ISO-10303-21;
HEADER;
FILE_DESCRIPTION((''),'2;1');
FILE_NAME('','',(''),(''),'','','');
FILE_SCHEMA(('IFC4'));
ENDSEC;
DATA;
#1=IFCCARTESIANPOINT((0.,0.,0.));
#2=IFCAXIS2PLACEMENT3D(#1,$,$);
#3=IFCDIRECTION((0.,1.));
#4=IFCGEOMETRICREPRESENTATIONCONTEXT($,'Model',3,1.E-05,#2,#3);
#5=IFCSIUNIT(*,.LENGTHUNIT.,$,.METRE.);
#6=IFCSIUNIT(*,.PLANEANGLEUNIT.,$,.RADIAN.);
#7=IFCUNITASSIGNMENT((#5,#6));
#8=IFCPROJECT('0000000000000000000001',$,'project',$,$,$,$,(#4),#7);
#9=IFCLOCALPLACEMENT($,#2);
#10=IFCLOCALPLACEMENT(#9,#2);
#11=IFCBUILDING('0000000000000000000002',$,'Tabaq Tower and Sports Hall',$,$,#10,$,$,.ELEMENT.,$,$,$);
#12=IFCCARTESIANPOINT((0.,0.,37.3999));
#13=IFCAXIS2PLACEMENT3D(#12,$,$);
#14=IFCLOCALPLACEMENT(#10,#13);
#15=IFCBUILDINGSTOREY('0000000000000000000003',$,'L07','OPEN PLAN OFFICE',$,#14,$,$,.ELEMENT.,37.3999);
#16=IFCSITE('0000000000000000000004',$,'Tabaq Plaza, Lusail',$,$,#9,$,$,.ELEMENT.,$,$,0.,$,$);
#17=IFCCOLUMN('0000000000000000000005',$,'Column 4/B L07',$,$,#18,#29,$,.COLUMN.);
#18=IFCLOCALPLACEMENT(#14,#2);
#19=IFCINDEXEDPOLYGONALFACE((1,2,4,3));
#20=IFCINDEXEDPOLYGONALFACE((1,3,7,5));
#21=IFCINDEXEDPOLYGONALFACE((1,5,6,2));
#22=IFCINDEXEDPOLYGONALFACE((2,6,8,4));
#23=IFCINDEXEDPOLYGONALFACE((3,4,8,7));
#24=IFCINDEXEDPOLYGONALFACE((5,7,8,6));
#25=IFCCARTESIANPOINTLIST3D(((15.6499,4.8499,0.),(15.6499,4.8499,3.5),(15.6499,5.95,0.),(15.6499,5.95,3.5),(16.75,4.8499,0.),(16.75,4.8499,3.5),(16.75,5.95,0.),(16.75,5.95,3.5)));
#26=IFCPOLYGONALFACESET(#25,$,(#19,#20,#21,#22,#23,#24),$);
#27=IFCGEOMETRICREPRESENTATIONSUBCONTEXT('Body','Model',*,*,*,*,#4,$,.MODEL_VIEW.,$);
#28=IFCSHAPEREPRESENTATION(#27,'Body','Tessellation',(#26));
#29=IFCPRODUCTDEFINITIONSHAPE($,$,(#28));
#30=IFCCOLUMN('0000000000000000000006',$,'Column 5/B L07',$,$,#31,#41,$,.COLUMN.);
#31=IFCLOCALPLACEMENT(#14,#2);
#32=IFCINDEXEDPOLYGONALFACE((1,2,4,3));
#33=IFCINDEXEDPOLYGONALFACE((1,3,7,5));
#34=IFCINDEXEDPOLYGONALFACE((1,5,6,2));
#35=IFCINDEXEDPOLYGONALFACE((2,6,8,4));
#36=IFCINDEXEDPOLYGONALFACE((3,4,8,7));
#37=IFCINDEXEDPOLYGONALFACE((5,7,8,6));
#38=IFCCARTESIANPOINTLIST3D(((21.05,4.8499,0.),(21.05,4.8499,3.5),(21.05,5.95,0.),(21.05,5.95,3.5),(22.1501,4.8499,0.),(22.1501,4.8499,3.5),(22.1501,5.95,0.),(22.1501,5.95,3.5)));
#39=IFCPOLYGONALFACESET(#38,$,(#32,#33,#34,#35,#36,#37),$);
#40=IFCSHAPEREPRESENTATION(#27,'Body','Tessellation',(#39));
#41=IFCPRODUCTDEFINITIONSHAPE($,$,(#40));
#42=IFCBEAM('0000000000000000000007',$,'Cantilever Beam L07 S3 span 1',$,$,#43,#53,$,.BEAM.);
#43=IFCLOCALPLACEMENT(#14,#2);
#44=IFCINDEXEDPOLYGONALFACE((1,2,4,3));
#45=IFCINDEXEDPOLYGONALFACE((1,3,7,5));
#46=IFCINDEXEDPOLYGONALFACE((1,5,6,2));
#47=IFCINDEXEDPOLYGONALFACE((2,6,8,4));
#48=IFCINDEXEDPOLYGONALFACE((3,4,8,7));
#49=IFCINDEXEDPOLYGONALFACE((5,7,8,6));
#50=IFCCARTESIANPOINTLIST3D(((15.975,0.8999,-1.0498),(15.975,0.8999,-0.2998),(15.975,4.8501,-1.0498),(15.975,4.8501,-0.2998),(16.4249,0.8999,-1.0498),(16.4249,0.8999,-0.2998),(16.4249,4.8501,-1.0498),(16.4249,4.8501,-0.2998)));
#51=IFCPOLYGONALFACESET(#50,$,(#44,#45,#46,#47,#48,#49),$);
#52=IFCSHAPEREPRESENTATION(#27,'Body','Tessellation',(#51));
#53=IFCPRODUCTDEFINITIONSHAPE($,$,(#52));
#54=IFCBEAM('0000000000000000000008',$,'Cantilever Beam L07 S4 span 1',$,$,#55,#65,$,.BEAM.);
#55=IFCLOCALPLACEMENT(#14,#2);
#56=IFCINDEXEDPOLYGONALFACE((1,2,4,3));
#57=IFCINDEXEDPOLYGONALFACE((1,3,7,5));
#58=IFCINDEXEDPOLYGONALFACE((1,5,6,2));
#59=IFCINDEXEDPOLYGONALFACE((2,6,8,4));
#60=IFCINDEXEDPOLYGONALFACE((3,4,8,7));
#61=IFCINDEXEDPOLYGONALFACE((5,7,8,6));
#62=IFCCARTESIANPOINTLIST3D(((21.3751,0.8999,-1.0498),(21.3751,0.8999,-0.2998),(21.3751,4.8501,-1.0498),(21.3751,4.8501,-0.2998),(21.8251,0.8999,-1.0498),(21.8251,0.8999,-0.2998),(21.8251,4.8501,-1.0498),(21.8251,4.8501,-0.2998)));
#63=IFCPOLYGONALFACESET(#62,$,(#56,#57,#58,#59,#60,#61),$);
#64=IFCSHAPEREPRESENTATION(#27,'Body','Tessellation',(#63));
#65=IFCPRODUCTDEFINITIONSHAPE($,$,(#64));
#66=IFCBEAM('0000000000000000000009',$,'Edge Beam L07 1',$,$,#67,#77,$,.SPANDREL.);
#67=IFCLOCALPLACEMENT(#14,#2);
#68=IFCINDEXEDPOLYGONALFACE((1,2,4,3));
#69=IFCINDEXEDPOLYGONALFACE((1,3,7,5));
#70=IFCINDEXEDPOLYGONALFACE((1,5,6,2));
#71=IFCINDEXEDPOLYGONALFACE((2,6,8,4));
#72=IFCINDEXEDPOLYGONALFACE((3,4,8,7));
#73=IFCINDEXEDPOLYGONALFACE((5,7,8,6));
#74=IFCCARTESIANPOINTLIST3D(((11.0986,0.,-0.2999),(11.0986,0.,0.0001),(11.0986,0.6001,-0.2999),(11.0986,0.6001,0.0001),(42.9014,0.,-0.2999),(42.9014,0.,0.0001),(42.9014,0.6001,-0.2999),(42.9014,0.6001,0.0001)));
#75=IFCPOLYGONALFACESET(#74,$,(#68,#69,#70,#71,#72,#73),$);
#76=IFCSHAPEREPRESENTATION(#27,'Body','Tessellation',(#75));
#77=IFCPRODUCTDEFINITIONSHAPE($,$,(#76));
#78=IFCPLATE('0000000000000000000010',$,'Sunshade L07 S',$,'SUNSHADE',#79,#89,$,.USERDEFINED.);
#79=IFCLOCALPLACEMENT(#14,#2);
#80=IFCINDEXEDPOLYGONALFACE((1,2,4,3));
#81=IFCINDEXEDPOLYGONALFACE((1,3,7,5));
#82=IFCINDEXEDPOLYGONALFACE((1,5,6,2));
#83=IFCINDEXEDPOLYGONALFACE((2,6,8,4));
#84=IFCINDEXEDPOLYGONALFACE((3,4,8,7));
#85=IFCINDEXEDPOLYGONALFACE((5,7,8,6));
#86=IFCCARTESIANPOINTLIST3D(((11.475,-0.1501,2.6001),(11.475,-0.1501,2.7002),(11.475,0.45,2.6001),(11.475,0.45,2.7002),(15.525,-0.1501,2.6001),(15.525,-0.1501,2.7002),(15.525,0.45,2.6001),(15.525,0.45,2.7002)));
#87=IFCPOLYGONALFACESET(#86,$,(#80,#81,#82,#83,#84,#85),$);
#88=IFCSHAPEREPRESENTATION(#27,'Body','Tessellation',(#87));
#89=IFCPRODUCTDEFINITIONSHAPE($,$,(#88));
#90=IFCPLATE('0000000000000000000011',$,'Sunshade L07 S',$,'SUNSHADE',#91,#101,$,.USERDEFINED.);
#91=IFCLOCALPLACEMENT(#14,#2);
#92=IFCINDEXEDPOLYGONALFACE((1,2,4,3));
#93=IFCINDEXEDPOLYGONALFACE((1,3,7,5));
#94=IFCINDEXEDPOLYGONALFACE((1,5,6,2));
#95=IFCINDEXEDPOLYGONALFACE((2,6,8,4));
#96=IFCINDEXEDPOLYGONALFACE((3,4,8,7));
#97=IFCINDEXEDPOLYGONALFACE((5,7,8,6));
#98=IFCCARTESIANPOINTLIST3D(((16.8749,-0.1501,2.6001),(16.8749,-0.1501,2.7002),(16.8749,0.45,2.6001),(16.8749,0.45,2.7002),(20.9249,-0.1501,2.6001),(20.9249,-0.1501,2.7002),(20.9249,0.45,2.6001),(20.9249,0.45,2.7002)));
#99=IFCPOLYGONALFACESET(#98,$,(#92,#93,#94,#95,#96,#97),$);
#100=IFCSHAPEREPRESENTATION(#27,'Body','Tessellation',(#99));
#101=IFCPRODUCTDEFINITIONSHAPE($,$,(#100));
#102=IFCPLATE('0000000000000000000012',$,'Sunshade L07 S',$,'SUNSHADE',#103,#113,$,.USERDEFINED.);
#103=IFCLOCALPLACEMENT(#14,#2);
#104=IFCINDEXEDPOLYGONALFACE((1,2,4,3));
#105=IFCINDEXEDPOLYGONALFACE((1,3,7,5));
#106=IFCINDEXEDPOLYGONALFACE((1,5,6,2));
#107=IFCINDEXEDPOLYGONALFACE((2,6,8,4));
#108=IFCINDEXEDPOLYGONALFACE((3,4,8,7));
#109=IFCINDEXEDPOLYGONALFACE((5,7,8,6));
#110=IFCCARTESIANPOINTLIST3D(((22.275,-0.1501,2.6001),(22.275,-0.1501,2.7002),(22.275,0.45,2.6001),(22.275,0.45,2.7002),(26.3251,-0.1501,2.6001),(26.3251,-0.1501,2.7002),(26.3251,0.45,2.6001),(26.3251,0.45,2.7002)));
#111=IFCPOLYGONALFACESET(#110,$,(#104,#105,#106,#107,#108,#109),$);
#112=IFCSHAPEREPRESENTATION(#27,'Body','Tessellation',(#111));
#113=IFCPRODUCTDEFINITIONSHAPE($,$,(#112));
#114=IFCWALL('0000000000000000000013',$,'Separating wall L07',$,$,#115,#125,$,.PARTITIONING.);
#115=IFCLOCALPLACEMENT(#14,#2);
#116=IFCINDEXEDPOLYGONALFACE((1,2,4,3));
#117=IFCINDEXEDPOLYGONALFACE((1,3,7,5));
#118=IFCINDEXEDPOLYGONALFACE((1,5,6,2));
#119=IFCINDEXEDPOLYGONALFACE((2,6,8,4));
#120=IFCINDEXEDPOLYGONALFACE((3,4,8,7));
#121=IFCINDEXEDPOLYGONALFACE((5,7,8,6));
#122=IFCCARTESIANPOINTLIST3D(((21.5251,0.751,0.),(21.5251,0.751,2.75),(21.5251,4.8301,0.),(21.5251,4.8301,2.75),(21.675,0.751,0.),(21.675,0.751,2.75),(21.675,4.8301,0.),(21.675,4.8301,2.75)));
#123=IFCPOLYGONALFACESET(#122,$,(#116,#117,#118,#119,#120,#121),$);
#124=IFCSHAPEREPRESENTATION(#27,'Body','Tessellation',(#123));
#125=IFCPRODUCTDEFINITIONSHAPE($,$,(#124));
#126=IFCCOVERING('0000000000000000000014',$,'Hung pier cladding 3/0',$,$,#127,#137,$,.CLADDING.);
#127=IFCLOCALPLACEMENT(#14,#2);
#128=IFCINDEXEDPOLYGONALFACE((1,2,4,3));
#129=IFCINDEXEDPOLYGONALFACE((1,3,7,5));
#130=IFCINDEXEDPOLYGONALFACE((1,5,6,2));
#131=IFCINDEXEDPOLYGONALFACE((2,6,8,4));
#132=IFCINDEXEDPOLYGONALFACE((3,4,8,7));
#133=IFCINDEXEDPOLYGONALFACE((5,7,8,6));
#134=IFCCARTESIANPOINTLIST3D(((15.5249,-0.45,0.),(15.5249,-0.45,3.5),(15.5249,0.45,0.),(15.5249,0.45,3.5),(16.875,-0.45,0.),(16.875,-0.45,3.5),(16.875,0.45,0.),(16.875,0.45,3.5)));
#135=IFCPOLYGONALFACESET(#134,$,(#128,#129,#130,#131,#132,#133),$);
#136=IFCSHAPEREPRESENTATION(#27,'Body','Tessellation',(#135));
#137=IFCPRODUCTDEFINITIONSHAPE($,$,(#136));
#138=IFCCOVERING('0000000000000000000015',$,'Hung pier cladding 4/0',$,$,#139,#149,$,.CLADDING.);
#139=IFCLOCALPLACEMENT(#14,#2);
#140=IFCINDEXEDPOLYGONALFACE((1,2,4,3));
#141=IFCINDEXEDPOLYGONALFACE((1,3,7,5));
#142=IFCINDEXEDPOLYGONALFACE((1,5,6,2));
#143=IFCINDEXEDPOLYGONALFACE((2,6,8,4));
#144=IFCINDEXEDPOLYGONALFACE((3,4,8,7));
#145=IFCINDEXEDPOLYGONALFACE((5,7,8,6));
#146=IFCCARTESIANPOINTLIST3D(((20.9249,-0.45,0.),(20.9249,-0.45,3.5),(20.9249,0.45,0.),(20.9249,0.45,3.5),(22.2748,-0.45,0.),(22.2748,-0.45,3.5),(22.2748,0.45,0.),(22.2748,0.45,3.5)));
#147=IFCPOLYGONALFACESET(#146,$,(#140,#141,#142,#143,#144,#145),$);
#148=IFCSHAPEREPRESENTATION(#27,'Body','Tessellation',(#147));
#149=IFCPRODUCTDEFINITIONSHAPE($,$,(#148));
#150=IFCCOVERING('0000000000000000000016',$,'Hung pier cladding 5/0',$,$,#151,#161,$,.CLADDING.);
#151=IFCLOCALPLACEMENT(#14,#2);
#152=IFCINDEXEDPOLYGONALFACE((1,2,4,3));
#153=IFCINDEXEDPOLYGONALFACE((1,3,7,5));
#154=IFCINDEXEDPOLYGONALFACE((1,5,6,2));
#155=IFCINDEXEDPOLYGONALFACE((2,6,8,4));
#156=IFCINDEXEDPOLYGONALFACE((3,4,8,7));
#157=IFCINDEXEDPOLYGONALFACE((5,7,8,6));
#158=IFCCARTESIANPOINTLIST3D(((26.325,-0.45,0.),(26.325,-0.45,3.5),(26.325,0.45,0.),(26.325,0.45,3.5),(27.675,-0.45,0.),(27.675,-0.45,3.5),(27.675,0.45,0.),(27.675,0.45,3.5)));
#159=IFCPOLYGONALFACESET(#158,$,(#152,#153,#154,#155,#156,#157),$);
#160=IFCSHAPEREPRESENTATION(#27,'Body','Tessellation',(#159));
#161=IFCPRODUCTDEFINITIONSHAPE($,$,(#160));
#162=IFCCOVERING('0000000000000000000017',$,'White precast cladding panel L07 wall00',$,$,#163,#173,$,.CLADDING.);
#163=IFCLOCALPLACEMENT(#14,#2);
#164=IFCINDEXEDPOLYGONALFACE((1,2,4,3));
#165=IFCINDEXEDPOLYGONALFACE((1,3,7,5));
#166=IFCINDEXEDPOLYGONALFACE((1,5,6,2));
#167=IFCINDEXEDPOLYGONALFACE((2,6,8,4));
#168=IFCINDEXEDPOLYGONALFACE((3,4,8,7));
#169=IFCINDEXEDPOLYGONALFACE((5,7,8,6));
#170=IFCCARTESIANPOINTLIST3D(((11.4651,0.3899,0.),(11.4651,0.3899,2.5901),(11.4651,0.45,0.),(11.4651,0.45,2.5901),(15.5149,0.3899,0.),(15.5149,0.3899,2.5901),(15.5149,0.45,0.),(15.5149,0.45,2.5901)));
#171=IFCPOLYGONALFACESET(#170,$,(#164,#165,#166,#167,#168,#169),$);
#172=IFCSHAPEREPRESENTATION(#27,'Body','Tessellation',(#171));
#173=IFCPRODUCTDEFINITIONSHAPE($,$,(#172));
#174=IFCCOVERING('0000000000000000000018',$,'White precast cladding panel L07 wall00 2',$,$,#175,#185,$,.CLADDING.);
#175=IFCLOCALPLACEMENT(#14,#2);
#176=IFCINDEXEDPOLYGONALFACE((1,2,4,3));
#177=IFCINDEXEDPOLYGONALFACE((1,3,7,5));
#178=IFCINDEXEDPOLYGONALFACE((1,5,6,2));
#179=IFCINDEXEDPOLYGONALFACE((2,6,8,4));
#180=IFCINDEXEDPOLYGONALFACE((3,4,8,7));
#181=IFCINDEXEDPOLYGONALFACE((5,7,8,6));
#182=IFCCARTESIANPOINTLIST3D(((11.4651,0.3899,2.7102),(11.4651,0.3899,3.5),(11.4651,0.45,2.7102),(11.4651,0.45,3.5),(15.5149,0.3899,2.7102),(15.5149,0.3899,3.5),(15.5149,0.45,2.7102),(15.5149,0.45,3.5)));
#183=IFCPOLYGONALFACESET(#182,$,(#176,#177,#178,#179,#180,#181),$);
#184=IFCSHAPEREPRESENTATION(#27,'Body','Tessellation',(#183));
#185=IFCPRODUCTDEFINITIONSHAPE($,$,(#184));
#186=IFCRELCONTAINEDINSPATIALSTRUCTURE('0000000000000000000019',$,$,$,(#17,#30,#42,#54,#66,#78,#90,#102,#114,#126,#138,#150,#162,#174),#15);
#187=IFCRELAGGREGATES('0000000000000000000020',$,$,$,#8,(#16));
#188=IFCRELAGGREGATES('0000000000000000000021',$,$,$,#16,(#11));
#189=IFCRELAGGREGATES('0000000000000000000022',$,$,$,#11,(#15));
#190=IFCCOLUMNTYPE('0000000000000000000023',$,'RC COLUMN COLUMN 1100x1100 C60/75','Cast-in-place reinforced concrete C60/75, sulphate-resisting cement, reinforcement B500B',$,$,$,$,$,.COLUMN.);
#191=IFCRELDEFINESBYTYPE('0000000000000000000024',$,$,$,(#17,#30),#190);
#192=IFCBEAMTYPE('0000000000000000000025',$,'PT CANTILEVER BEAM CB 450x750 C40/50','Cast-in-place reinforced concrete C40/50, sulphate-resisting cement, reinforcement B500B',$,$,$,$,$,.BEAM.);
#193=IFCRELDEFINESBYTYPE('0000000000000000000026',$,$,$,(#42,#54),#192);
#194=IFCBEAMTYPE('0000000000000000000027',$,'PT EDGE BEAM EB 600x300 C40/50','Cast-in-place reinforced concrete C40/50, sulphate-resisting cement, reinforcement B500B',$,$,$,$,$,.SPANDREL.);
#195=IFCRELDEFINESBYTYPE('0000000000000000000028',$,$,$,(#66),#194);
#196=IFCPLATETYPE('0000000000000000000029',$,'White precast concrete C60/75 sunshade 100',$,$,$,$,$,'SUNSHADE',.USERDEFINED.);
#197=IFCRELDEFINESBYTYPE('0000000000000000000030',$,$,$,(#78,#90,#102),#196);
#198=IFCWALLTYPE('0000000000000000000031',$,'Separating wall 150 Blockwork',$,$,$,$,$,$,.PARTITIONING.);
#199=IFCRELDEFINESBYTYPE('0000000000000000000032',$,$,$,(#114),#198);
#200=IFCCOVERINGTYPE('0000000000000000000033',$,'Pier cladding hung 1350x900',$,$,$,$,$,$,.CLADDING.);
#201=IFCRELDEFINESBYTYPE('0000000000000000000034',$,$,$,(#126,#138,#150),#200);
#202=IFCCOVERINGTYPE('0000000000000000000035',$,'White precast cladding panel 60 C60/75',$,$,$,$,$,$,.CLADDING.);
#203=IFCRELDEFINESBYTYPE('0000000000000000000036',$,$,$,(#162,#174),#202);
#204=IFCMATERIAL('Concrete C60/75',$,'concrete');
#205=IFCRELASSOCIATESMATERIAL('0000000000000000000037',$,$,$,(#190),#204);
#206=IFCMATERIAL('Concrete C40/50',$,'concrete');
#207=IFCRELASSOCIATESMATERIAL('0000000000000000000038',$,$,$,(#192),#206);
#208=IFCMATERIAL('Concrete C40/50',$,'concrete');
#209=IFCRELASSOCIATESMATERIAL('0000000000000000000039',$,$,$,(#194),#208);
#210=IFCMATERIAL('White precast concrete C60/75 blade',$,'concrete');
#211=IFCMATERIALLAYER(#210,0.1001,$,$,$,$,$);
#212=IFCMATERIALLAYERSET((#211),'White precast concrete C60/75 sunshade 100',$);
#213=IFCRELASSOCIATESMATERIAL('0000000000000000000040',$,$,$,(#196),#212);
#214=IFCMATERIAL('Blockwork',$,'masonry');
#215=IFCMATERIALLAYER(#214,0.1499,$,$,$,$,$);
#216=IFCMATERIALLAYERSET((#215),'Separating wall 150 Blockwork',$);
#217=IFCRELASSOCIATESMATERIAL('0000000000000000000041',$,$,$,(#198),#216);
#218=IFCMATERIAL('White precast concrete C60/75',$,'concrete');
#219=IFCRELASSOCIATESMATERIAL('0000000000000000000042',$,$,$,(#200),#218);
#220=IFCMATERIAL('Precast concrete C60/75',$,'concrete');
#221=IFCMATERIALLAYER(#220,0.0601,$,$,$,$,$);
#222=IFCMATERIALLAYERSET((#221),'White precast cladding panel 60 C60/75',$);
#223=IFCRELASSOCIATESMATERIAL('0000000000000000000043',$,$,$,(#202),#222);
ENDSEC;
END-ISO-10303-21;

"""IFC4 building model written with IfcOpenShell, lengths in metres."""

from ifc_helpers import new_model, si_unit, direction, frame, frame_2d, origin, origin_2d, place, context, subcontext, project, spatial, rectangle, extrude, material, layer, layer_set, material_profile, profile_set, type_object, element, save


model = new_model("IFC4")

# Units and contexts
model_context = context("Model", 3, precision=1e-05, world=origin(), true_north=direction((0.0, 1.0)))
body_context = subcontext(model_context, "Body", "Model", "MODEL_VIEW")
ifc_project = project(units=[si_unit("LENGTHUNIT", "METRE"), si_unit("PLANEANGLEUNIT", "RADIAN")], contexts=[model_context])

# Site, building, storey
site_placement = place(None, origin())
site = spatial("IfcSite", under=ifc_project, at=site_placement, Name="Tabaq Plaza, Lusail", CompositionType="ELEMENT", RefElevation=0.0)
building_placement = place(site_placement, origin())
building = spatial("IfcBuilding", under=site, at=building_placement, Name="Tabaq Tower and Sports Hall", CompositionType="ELEMENT")
storey_placement = place(building_placement, frame((0.0, 0.0, 37.3999)))
storey = spatial("IfcBuildingStorey", under=building, at=storey_placement, Name="L07", Description="OPEN PLAN OFFICE", CompositionType="ELEMENT", Elevation=37.3999)

# Columns
ifc_material_1 = material(Name="Concrete C60/75", Category="concrete")
ifc_material_profile_1 = material_profile(ifc_material_1, rectangle(XDim=1.1001, YDim=1.1001, at=origin_2d()), Name="COLUMN 1100x1100")
ifc_profile_set_1 = profile_set([ifc_material_profile_1], Name="Concrete C60/75")
column_type = type_object("IfcColumnType", Name="RC COLUMN COLUMN 1100x1100 C60/75", Description="Cast-in-place reinforced concrete C60/75, sulphate-resisting cement, reinforcement B500B", PredefinedType="COLUMN", material=ifc_profile_set_1)
for number, where, z_axis, x_axis, name in (
    (1, (16.2, 5.3999, 0.0), (0.0, 0.0, 1.0), (1.0, 0.0, 0.0), "Column 4/B L07"),
    (2, (21.6001, 5.3999, 0.0), (0.0, 0.0, 1.0), (1.0, 0.0, 0.0), "Column 5/B L07"),
):
    element("IfcColumn", number, at=place(storey_placement, frame(where, z_axis=z_axis, x_axis=x_axis)), inside=storey, type_object=column_type, Name=name, PredefinedType="COLUMN", context=body_context, shape_type="SweptSolid", body=[
        extrude(rectangle(XDim=1.1001, YDim=1.1001, at=origin_2d()), origin(), (0.0, 0.0, 1.0), 3.5),
    ])

# Beams
ifc_material_2 = material(Name="Concrete C40/50", Category="concrete")
ifc_material_profile_2 = material_profile(ifc_material_2, rectangle(XDim=0.45, YDim=0.75, at=origin_2d()), Name="CB 450x750")
ifc_profile_set_2 = profile_set([ifc_material_profile_2], Name="Concrete C40/50")
beam_type_1 = type_object("IfcBeamType", Name="PT CANTILEVER BEAM CB 450x750 C40/50", Description="Cast-in-place reinforced concrete C40/50, sulphate-resisting cement, reinforcement B500B", PredefinedType="BEAM", material=ifc_profile_set_2)
for number, where, z_axis, x_axis, name in (
    (3, (16.2, 0.8999, -0.6748), (0.0, 1.0, 0.0), (-1.0, 0.0, 0.0), "Cantilever Beam L07 S3 span 1"),
    (4, (21.6001, 0.8999, -0.6748), (0.0, 1.0, 0.0), (-1.0, 0.0, 0.0), "Cantilever Beam L07 S4 span 1"),
):
    element("IfcBeam", number, at=place(storey_placement, frame(where, z_axis=z_axis, x_axis=x_axis)), inside=storey, type_object=beam_type_1, Name=name, PredefinedType="BEAM", context=body_context, shape_type="SweptSolid", body=[
        extrude(rectangle(XDim=0.45, YDim=0.75, at=origin_2d()), origin(), (0.0, 0.0, 1.0), 3.9502),
    ])
ifc_material_3 = material(Name="Concrete C40/50", Category="concrete")
ifc_material_profile_3 = material_profile(ifc_material_3, rectangle(XDim=0.6001, YDim=0.3, at=origin_2d()), Name="EB 600x300")
ifc_profile_set_3 = profile_set([ifc_material_profile_3], Name="Concrete C40/50")
beam_type_2 = type_object("IfcBeamType", Name="PT EDGE BEAM EB 600x300 C40/50", Description="Cast-in-place reinforced concrete C40/50, sulphate-resisting cement, reinforcement B500B", PredefinedType="SPANDREL", material=ifc_profile_set_3)
beam_placement = place(storey_placement, frame((11.0986, 0.3, -0.1499), z_axis=(1.0, 0.0, 0.0), x_axis=(0.0, 1.0, 0.0)))
element("IfcBeam", 5, at=beam_placement, inside=storey, type_object=beam_type_2, Name="Edge Beam L07 1", PredefinedType="SPANDREL", context=body_context, shape_type="SweptSolid", body=[
    extrude(rectangle(XDim=0.6001, YDim=0.3, at=origin_2d()), origin(), (0.0, 0.0, 1.0), 31.8027),
])

# Plates
ifc_material_4 = material(Name="White precast concrete C60/75 blade", Category="concrete")
ifc_layer_1 = layer(ifc_material_4, 0.1001)
ifc_layer_set_1 = layer_set([ifc_layer_1], Name="White precast concrete C60/75 sunshade 100")
plate_type = type_object("IfcPlateType", Name="White precast concrete C60/75 sunshade 100", ElementType="SUNSHADE", PredefinedType="USERDEFINED", material=ifc_layer_set_1)
for number, where, z_axis, x_axis, name in (
    (6, (13.5, 0.1499, 2.6001), (0.0, 0.0, 1.0), (1.0, 0.0, 0.0), "Sunshade L07 S"),
    (7, (18.8999, 0.1499, 2.6001), (0.0, 0.0, 1.0), (1.0, 0.0, 0.0), "Sunshade L07 S"),
    (8, (24.3, 0.1499, 2.6001), (0.0, 0.0, 1.0), (1.0, 0.0, 0.0), "Sunshade L07 S"),
):
    element("IfcPlate", number, at=place(storey_placement, frame(where, z_axis=z_axis, x_axis=x_axis)), inside=storey, type_object=plate_type, Name=name, ObjectType="SUNSHADE", PredefinedType="USERDEFINED", context=body_context, shape_type="SweptSolid", body=[
        extrude(rectangle(XDim=4.05, YDim=0.6001, at=origin_2d()), origin(), (0.0, 0.0, 1.0), 0.1001),
    ])

# Wall
ifc_material_5 = material(Name="Blockwork", Category="masonry")
ifc_layer_2 = layer(ifc_material_5, 0.1499)
ifc_layer_set_2 = layer_set([ifc_layer_2], Name="Separating wall 150 Blockwork")
wall_type = type_object("IfcWallType", Name="Separating wall 150 Blockwork", PredefinedType="PARTITIONING", material=ifc_layer_set_2)
wall_placement = place(storey_placement, frame((21.6001, 4.8301, 0.0), z_axis=(0.0, 0.0, 1.0), x_axis=(0.0, -1.0, 0.0)))
element("IfcWall", 9, at=wall_placement, inside=storey, type_object=wall_type, Name="Separating wall L07", PredefinedType="PARTITIONING", context=body_context, shape_type="SweptSolid", body=[
    extrude(rectangle(XDim=4.0791, YDim=0.1499, at=frame_2d((2.0396, 0.0))), origin(), (0.0, 0.0, 1.0), 2.75),
])

# Coverings
ifc_material_6 = material(Name="White precast concrete C60/75", Category="concrete")
covering_type_1 = type_object("IfcCoveringType", Name="Pier cladding hung 1350x900", PredefinedType="CLADDING", material=ifc_material_6)
covering_1_placement = place(storey_placement, frame((15.5249, 0.0, 0.0), z_axis=(0.0, 0.0, 1.0), x_axis=(1.0, 0.0, 0.0)))
element("IfcCovering", 10, at=covering_1_placement, inside=storey, type_object=covering_type_1, Name="Hung pier cladding 3/0", PredefinedType="CLADDING", context=body_context, shape_type="SweptSolid", body=[
    extrude(rectangle(XDim=1.3501, YDim=0.8999, at=frame_2d((0.675, 0.0))), origin(), (0.0, 0.0, 1.0), 3.5),
])
covering_2_placement = place(storey_placement, frame((20.925, 0.0, 0.0), z_axis=(0.0, 0.0, 1.0), x_axis=(1.0, 0.0, 0.0)))
element("IfcCovering", 11, at=covering_2_placement, inside=storey, type_object=covering_type_1, Name="Hung pier cladding 4/0", PredefinedType="CLADDING", context=body_context, shape_type="SweptSolid", body=[
    extrude(rectangle(XDim=1.3499, YDim=0.8999, at=frame_2d((0.6748, 0.0))), origin(), (0.0, 0.0, 1.0), 3.5),
])
covering_3_placement = place(storey_placement, frame((26.325, 0.0, 0.0), z_axis=(0.0, 0.0, 1.0), x_axis=(1.0, 0.0, 0.0)))
element("IfcCovering", 12, at=covering_3_placement, inside=storey, type_object=covering_type_1, Name="Hung pier cladding 5/0", PredefinedType="CLADDING", context=body_context, shape_type="SweptSolid", body=[
    extrude(rectangle(XDim=1.3501, YDim=0.8999, at=frame_2d((0.675, 0.0))), origin(), (0.0, 0.0, 1.0), 3.5),
])
ifc_material_7 = material(Name="Precast concrete C60/75", Category="concrete")
ifc_layer_3 = layer(ifc_material_7, 0.0601)
ifc_layer_set_3 = layer_set([ifc_layer_3], Name="White precast cladding panel 60 C60/75")
covering_type_2 = type_object("IfcCoveringType", Name="White precast cladding panel 60 C60/75", PredefinedType="CLADDING", material=ifc_layer_set_3)
covering_4_placement = place(storey_placement, frame((11.4651, 0.4199, 0.0), z_axis=(0.0, 0.0, 1.0), x_axis=(1.0, 0.0, 0.0)))
element("IfcCovering", 13, at=covering_4_placement, inside=storey, type_object=covering_type_2, Name="White precast cladding panel L07 wall00", PredefinedType="CLADDING", context=body_context, shape_type="SweptSolid", body=[
    extrude(rectangle(XDim=4.0498, YDim=0.0601, at=frame_2d((2.0249, 0.0))), origin(), (0.0, 0.0, 1.0), 2.5901),
])
covering_5_placement = place(storey_placement, frame((11.4651, 0.4199, 2.7102), z_axis=(0.0, 0.0, 1.0), x_axis=(1.0, 0.0, 0.0)))
element("IfcCovering", 14, at=covering_5_placement, inside=storey, type_object=covering_type_2, Name="White precast cladding panel L07 wall00 2", PredefinedType="CLADDING", context=body_context, shape_type="SweptSolid", body=[
    extrude(rectangle(XDim=4.0498, YDim=0.0601, at=frame_2d((2.0249, 0.0))), origin(), (0.0, 0.0, 1.0), 0.7898),
])

save(model, "model.ifc")
